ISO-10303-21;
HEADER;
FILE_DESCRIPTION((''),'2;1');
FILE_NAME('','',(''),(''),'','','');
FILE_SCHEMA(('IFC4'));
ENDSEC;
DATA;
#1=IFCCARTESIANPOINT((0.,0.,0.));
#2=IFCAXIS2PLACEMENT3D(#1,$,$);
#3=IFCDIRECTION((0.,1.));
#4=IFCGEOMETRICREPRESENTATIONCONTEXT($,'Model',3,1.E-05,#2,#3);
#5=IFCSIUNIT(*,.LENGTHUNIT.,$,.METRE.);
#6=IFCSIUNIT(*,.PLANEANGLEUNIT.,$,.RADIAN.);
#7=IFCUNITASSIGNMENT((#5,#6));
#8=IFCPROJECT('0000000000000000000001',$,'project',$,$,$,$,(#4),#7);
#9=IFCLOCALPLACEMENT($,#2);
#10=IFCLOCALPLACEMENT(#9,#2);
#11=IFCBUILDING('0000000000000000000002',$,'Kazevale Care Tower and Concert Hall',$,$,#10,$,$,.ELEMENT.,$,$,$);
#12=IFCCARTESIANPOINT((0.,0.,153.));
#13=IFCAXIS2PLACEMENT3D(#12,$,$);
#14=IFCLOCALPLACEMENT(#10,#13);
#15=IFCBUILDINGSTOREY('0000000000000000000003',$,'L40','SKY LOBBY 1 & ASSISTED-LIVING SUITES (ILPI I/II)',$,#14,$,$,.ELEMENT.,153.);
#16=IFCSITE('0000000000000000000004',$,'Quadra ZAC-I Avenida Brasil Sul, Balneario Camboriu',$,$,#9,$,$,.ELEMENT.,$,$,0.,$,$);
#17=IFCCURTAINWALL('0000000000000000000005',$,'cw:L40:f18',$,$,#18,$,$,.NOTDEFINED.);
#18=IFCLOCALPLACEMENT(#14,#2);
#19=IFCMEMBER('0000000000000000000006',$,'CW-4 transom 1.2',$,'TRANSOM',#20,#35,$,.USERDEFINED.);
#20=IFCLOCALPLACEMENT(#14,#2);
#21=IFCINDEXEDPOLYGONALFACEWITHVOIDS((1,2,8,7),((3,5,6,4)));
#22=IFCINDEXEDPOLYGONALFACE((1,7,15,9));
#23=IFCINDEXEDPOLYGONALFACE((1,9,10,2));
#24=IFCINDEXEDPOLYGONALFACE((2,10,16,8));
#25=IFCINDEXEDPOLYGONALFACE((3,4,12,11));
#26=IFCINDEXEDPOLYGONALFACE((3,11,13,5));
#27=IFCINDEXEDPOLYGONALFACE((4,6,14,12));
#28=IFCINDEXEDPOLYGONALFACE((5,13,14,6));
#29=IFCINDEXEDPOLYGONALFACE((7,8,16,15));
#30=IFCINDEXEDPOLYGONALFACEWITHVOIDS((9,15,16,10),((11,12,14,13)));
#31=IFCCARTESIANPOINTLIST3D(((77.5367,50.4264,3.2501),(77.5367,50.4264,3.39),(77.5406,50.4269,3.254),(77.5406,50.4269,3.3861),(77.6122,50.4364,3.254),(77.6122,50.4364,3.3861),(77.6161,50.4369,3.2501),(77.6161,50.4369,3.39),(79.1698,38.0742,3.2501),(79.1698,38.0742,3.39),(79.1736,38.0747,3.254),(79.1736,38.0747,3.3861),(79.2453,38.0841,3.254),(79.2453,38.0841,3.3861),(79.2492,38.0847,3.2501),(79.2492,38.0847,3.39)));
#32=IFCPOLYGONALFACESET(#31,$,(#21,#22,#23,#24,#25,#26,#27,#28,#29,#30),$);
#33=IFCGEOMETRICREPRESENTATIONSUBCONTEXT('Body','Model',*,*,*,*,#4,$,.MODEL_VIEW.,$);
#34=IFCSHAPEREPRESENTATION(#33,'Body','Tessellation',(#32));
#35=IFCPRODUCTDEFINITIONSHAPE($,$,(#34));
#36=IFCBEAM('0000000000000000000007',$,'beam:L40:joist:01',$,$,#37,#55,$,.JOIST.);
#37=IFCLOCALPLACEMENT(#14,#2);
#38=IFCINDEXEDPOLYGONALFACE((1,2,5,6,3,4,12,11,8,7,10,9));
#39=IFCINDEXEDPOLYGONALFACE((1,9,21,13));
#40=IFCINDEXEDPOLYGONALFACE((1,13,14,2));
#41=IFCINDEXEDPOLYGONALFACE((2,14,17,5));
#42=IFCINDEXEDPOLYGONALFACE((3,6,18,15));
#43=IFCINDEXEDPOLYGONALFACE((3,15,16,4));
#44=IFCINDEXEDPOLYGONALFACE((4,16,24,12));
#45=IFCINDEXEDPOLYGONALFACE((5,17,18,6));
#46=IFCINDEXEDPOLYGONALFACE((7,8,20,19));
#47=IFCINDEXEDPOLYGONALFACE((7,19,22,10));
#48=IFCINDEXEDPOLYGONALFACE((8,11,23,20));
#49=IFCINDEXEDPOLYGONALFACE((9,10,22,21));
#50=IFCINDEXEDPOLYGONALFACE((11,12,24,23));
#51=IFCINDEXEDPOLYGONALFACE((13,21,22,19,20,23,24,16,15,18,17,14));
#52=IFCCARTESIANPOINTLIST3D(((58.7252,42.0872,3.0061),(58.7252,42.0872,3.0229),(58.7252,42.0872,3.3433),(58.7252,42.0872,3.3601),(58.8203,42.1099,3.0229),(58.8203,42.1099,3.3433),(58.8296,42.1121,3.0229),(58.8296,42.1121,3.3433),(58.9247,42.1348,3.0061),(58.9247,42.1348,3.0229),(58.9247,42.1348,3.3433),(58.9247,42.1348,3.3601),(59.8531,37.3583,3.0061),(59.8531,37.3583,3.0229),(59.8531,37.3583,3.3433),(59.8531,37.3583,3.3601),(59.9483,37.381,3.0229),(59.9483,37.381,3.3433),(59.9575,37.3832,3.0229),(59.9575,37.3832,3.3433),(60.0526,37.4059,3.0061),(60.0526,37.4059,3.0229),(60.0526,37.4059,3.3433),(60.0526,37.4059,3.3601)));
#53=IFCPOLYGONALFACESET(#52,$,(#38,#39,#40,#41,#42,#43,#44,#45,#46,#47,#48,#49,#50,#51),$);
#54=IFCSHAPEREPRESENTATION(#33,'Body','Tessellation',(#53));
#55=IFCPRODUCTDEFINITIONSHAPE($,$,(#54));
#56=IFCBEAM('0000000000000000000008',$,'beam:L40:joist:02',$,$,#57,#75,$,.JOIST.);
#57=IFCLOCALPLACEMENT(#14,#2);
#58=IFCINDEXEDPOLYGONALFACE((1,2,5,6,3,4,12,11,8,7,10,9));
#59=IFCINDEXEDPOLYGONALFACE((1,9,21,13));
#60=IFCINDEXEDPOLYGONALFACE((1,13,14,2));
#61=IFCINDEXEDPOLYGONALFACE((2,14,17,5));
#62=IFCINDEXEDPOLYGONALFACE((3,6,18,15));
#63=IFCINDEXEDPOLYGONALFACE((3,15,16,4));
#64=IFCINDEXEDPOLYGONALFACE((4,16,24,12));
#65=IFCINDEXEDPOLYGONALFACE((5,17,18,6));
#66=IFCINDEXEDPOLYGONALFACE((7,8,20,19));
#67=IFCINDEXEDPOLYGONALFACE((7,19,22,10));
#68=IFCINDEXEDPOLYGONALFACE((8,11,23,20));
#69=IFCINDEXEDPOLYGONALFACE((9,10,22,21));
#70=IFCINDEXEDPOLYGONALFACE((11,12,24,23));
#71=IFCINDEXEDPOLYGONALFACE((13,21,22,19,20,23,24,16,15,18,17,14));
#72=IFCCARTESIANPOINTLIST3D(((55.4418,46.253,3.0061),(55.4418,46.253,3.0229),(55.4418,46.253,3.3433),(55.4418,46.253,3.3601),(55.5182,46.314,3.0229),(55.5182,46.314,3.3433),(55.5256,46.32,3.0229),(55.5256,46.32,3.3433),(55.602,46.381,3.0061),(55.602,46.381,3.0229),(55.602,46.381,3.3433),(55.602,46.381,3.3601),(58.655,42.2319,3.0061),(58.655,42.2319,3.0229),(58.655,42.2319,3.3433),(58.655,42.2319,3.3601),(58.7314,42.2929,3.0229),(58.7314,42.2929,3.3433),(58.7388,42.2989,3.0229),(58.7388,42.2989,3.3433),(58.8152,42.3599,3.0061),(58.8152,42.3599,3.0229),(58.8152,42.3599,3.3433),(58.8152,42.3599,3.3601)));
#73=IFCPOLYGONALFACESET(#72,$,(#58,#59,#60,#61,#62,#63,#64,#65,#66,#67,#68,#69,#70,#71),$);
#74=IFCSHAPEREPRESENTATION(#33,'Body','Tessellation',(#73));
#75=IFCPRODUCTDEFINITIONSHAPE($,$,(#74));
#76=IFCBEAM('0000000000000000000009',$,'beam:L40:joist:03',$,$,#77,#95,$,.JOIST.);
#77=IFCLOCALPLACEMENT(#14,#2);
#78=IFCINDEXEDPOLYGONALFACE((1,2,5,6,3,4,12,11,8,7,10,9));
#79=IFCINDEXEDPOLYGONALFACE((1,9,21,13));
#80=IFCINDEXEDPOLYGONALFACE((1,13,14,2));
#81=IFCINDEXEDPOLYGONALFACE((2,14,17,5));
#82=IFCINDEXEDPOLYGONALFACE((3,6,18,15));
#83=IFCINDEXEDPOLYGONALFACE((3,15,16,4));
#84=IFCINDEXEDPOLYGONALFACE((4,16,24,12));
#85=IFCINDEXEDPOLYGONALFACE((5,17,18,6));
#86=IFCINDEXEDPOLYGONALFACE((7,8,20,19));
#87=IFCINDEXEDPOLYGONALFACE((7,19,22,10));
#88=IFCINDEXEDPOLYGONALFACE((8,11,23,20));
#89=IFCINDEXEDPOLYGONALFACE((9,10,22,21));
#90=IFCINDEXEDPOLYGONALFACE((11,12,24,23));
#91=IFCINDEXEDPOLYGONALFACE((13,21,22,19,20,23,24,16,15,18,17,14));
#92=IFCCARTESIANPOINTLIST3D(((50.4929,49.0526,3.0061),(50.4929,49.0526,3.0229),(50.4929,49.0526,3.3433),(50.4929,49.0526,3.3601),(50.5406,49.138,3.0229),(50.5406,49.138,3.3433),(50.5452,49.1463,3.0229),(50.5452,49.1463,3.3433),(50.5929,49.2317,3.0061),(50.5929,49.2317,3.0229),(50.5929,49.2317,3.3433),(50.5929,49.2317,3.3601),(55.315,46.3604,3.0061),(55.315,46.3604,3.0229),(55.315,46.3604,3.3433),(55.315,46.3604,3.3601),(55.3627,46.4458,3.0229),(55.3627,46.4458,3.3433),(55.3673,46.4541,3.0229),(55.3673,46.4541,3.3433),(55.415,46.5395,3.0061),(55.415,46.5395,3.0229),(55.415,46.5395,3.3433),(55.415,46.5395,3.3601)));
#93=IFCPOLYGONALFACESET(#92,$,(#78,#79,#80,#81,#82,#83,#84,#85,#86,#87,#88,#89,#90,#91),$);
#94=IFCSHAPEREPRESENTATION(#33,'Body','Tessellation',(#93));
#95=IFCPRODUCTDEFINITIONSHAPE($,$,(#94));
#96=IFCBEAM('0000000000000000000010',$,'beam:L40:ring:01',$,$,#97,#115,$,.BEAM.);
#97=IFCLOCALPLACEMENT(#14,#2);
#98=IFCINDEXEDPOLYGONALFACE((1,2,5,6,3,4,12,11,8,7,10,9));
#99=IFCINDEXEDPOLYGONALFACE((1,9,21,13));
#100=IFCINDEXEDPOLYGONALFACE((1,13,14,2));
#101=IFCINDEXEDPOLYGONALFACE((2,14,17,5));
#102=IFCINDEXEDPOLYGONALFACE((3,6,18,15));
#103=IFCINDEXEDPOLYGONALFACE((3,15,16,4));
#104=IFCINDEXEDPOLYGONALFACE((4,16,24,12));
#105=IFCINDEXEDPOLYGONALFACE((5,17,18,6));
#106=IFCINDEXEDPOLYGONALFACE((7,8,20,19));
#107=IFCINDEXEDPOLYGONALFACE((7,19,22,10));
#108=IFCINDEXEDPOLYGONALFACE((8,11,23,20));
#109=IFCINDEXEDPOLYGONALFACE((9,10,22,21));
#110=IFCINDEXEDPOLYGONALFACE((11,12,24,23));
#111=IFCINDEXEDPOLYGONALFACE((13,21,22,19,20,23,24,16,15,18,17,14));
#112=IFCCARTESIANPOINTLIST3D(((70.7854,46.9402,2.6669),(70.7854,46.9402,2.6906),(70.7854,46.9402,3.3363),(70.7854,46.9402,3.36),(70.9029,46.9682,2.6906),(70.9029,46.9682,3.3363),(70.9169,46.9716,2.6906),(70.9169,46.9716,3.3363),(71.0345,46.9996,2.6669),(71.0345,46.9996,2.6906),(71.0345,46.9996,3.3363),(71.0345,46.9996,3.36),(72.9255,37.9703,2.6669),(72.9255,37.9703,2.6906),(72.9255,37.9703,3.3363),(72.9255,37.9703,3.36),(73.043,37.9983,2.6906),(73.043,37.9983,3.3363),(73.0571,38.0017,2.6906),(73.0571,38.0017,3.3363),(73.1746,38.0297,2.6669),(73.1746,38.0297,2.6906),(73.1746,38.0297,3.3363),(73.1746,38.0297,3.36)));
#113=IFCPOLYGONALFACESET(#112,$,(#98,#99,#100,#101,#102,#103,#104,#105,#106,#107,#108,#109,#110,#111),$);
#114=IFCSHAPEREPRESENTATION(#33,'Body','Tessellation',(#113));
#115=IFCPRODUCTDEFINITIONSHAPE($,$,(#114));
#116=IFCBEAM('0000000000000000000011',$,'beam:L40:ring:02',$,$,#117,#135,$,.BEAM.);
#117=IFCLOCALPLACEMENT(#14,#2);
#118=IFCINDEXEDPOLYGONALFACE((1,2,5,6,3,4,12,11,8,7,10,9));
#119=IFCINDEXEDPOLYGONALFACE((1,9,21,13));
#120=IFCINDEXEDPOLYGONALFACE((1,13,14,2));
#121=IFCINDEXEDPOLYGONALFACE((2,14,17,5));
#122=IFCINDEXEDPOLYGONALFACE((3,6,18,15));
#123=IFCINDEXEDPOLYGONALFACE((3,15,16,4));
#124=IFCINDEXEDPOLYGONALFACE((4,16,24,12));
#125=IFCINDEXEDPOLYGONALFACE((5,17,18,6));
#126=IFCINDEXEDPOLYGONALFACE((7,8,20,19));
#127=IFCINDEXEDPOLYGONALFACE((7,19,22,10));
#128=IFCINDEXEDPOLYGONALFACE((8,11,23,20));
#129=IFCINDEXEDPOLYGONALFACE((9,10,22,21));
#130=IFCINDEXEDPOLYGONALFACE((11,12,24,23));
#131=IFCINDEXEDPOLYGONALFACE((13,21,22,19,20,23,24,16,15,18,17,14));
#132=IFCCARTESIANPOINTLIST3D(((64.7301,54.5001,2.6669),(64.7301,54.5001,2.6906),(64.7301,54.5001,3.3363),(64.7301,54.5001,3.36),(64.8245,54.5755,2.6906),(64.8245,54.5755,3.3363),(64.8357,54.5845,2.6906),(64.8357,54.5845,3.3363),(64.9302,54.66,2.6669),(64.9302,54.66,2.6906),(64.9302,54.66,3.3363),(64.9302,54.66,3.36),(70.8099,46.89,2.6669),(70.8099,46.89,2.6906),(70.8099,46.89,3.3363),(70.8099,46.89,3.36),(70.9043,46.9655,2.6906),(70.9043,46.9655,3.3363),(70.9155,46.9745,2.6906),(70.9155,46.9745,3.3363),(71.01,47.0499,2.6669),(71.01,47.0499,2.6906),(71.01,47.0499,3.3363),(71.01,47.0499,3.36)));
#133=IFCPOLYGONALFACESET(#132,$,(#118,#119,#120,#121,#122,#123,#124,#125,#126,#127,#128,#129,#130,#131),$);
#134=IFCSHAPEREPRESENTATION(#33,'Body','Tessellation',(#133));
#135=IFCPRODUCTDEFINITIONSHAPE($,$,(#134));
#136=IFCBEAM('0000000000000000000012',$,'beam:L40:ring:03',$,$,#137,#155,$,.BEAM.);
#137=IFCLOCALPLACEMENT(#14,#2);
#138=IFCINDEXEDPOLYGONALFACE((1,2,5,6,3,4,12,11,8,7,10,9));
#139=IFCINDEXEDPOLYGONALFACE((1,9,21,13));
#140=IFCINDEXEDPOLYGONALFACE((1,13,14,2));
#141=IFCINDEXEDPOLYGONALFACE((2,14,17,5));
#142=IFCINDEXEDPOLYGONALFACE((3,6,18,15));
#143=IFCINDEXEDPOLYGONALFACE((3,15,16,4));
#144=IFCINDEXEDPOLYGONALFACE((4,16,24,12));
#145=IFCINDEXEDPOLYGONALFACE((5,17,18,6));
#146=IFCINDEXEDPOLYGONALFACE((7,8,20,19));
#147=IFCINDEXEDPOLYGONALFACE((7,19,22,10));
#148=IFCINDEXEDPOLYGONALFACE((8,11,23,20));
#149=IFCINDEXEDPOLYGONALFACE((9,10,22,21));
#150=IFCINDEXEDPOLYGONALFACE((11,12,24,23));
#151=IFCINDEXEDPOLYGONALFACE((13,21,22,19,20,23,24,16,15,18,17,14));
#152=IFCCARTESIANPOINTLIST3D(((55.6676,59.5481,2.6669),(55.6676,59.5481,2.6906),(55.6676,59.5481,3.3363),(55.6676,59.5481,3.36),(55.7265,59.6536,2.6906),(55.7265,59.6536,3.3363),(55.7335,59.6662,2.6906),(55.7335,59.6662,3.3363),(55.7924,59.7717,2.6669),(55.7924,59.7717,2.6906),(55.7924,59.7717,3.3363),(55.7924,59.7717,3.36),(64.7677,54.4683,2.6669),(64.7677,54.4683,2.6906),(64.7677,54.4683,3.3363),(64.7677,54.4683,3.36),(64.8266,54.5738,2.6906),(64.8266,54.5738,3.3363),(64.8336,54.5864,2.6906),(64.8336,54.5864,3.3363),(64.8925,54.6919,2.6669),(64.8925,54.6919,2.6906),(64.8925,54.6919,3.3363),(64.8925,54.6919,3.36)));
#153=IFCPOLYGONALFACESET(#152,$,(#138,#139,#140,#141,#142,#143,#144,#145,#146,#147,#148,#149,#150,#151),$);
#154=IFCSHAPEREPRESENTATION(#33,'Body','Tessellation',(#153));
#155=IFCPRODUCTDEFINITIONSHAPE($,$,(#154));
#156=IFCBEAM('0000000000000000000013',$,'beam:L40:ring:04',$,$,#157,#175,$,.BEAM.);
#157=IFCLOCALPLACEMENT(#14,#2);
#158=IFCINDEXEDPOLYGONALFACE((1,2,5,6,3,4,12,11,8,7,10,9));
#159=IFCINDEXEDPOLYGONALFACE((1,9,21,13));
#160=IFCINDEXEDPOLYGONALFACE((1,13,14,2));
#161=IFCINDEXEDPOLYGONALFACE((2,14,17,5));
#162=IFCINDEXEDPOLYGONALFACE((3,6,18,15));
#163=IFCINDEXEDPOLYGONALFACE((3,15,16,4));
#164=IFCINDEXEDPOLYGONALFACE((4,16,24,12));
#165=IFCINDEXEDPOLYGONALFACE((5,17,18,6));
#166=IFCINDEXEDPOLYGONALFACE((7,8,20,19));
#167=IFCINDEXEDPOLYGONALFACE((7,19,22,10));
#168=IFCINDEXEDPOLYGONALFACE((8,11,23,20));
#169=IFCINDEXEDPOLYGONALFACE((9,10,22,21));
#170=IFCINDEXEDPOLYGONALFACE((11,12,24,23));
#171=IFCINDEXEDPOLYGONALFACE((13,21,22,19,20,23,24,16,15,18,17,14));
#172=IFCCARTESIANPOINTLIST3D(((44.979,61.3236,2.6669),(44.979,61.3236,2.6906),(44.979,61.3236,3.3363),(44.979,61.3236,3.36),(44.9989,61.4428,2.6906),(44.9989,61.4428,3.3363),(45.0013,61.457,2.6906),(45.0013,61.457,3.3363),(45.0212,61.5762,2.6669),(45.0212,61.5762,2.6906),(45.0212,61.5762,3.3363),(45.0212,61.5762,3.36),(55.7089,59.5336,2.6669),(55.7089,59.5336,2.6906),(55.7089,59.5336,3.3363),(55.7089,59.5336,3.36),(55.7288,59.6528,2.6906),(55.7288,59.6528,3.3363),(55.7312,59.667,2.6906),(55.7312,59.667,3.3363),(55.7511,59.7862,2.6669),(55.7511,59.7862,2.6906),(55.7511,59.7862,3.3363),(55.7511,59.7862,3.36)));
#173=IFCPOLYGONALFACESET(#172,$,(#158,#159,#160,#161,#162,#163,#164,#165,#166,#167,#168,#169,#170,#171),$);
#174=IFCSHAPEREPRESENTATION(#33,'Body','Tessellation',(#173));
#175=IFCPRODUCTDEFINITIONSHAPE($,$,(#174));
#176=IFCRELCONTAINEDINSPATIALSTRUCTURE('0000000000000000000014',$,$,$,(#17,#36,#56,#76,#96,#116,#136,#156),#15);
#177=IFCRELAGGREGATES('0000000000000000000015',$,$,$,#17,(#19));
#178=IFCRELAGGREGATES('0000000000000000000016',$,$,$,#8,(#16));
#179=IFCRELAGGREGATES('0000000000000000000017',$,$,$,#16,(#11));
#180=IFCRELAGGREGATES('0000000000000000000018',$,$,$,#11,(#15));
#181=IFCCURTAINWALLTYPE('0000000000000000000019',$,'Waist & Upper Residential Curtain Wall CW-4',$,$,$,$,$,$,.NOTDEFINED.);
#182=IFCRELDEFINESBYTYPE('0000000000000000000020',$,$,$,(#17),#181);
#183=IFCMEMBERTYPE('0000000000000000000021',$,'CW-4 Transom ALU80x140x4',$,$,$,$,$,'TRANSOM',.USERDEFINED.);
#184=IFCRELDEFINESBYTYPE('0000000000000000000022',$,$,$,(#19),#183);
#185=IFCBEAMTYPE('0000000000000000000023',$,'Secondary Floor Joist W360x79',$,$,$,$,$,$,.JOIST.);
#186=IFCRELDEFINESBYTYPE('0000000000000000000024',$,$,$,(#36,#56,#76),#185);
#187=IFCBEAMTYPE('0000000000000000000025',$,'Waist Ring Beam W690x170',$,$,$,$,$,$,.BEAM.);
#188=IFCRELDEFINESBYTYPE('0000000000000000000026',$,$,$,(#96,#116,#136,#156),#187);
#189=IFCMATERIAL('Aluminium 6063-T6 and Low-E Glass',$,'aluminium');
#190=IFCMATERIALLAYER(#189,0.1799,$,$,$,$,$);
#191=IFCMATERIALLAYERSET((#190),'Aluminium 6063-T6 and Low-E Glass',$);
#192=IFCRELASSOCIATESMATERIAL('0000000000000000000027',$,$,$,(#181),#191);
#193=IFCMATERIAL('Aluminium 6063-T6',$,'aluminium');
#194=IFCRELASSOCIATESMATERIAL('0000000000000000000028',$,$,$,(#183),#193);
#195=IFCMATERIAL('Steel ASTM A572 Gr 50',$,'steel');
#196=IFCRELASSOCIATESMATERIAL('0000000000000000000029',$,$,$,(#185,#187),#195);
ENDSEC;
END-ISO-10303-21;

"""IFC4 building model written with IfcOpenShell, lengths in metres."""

from ifc_helpers import new_model, si_unit, direction, frame, origin, origin_2d, place, context, subcontext, project, spatial, hollow_rectangle, i_section, extrude, material, layer, layer_set, material_profile, profile_set, type_object, element, aggregate, save


model = new_model("IFC4")

# Units and contexts
model_context = context("Model", 3, precision=1e-05, world=origin(), true_north=direction((0.0, 1.0)))
body_context = subcontext(model_context, "Body", "Model", "MODEL_VIEW")
ifc_project = project(units=[si_unit("LENGTHUNIT", "METRE"), si_unit("PLANEANGLEUNIT", "RADIAN")], contexts=[model_context])

# Site, building, storey
site_placement = place(None, origin())
site = spatial("IfcSite", under=ifc_project, at=site_placement, Name="Quadra ZAC-I Avenida Brasil Sul, Balneario Camboriu", CompositionType="ELEMENT", RefElevation=0.0)
building_placement = place(site_placement, origin())
building = spatial("IfcBuilding", under=site, at=building_placement, Name="Kazevale Care Tower and Concert Hall", CompositionType="ELEMENT")
storey_placement = place(building_placement, frame((0.0, 0.0, 153.0)))
storey = spatial("IfcBuildingStorey", under=building, at=storey_placement, Name="L40", Description="SKY LOBBY 1 & ASSISTED-LIVING SUITES (ILPI I/II)", CompositionType="ELEMENT", Elevation=153.0)

# Shared definitions
ifc_material_1 = material(Name="Aluminium 6063-T6 and Low-E Glass", Category="aluminium")
ifc_material_2 = material(Name="Aluminium 6063-T6", Category="aluminium")
ifc_layer_1 = layer(ifc_material_1, 0.1799)
ifc_layer_set_1 = layer_set([ifc_layer_1], Name="Aluminium 6063-T6 and Low-E Glass")
curtain_wall_type_1 = type_object("IfcCurtainWallType", Name="Waist & Upper Residential Curtain Wall CW-4", PredefinedType="NOTDEFINED", material=ifc_layer_set_1)

# Curtain wall
curtain_wall_1_placement = place(storey_placement, origin())
curtain_wall_1 = element("IfcCurtainWall", 1, at=curtain_wall_1_placement, inside=storey, type_object=curtain_wall_type_1, Name="cw:L40:f18", PredefinedType="NOTDEFINED")

# Member
ifc_material_profile_1 = material_profile(ifc_material_2, hollow_rectangle(XDim=0.0801, YDim=0.1399, WallThickness=0.0039, at=origin_2d()), Name="ALU80x140x4")
ifc_profile_set_1 = profile_set([ifc_material_profile_1], Name="Aluminium 6063-T6")
member_type_1 = type_object("IfcMemberType", Name="CW-4 Transom ALU80x140x4", ElementType="TRANSOM", PredefinedType="USERDEFINED", material=ifc_profile_set_1)
member_1_placement = place(storey_placement, frame((77.5764, 50.4316, 3.3201), z_axis=(0.131066, -0.991374, 0.0), x_axis=(0.991374, 0.131066, 0.0)))
member_1 = element("IfcMember", 2, at=member_1_placement, type_object=member_type_1, Name="CW-4 transom 1.2", ObjectType="TRANSOM", PredefinedType="USERDEFINED", context=body_context, shape_type="SweptSolid", body=[
    extrude(hollow_rectangle(XDim=0.0801, YDim=0.1399, WallThickness=0.0039, at=origin_2d()), origin(), (0.0, 0.0, 1.0), 12.4597),
])

# Beams
ifc_material_3 = material(Name="Steel ASTM A572 Gr 50", Category="steel")
ifc_material_profile_2 = material_profile(ifc_material_3, i_section(OverallWidth=0.2051, OverallDepth=0.354, WebThickness=0.0095, FlangeThickness=0.0168, at=origin_2d()), Name="W360x79")
ifc_profile_set_2 = profile_set([ifc_material_profile_2], Name="Steel ASTM A572 Gr 50")
beam_type_1 = type_object("IfcBeamType", Name="Secondary Floor Joist W360x79", PredefinedType="JOIST", material=ifc_profile_set_2)
beam_1_placement = place(storey_placement, frame((59.9529, 37.3821, 3.1831), z_axis=(-0.232005, 0.972715, 0.0), x_axis=(-0.972715, -0.232005, 0.0)))
element("IfcBeam", 3, at=beam_1_placement, inside=storey, type_object=beam_type_1, Name="beam:L40:joist:01", PredefinedType="JOIST", context=body_context, shape_type="SweptSolid", body=[
    extrude(i_section(OverallWidth=0.2051, OverallDepth=0.354, WebThickness=0.0095, FlangeThickness=0.0168, at=origin_2d()), origin(), (0.0, 0.0, 1.0), 4.8616),
])
beam_2_placement = place(storey_placement, frame((58.7351, 42.2959, 3.1831), z_axis=(-0.624261, 0.781216, 0.0), x_axis=(-0.781216, -0.624261, 0.0)))
element("IfcBeam", 4, at=beam_2_placement, inside=storey, type_object=beam_type_1, Name="beam:L40:joist:02", PredefinedType="JOIST", context=body_context, shape_type="SweptSolid", body=[
    extrude(i_section(OverallWidth=0.2051, OverallDepth=0.354, WebThickness=0.0095, FlangeThickness=0.0168, at=origin_2d()), origin(), (0.0, 0.0, 1.0), 5.1472),
])
beam_3_placement = place(storey_placement, frame((55.365, 46.45, 3.1831), z_axis=(-0.873138, 0.487474, 0.0), x_axis=(-0.487474, -0.873138, 0.0)))
element("IfcBeam", 5, at=beam_3_placement, inside=storey, type_object=beam_type_1, Name="beam:L40:joist:03", PredefinedType="JOIST", context=body_context, shape_type="SweptSolid", body=[
    extrude(i_section(OverallWidth=0.2051, OverallDepth=0.354, WebThickness=0.0095, FlangeThickness=0.0168, at=origin_2d()), origin(), (0.0, 0.0, 1.0), 5.5227),
])
ifc_material_profile_3 = material_profile(ifc_material_3, i_section(OverallWidth=0.2561, OverallDepth=0.6931, WebThickness=0.0144, FlangeThickness=0.0237, at=origin_2d()), Name="W690x170")
ifc_profile_set_3 = profile_set([ifc_material_profile_3], Name="Steel ASTM A572 Gr 50")
beam_type_2 = type_object("IfcBeamType", Name="Waist Ring Beam W690x170", PredefinedType="BEAM", material=ifc_profile_set_3)
beam_4_placement = place(storey_placement, frame((73.05, 38.0, 3.0134), z_axis=(-0.232075, 0.972698, 0.0), x_axis=(-0.972698, -0.232075, 0.0)))
element("IfcBeam", 6, at=beam_4_placement, inside=storey, type_object=beam_type_2, Name="beam:L40:ring:01", PredefinedType="BEAM", context=body_context, shape_type="SweptSolid", body=[
    extrude(i_section(OverallWidth=0.2561, OverallDepth=0.6931, WebThickness=0.0144, FlangeThickness=0.0237, at=origin_2d()), origin(), (0.0, 0.0, 1.0), 9.2217),
])
beam_5_placement = place(storey_placement, frame((70.9099, 46.97, 3.0134), z_axis=(-0.624178, 0.781282, 0.0), x_axis=(-0.781282, -0.624178, 0.0)))
element("IfcBeam", 7, at=beam_5_placement, inside=storey, type_object=beam_type_2, Name="beam:L40:ring:02", PredefinedType="BEAM", context=body_context, shape_type="SweptSolid", body=[
    extrude(i_section(OverallWidth=0.2561, OverallDepth=0.6931, WebThickness=0.0144, FlangeThickness=0.0237, at=origin_2d()), origin(), (0.0, 0.0, 1.0), 9.7405),
])
beam_6_placement = place(storey_placement, frame((64.8301, 54.5801, 3.0134), z_axis=(-0.873169, 0.487418, 0.0), x_axis=(-0.487418, -0.873169, 0.0)))
element("IfcBeam", 8, at=beam_6_placement, inside=storey, type_object=beam_type_2, Name="beam:L40:ring:03", PredefinedType="BEAM", context=body_context, shape_type="SweptSolid", body=[
    extrude(i_section(OverallWidth=0.2561, OverallDepth=0.6931, WebThickness=0.0144, FlangeThickness=0.0237, at=origin_2d()), origin(), (0.0, 0.0, 1.0), 10.4219),
])
beam_7_placement = place(storey_placement, frame((55.73, 59.6599, 3.0134), z_axis=(-0.986368, 0.164552, 0.0), x_axis=(-0.164552, -0.986368, 0.0)))
element("IfcBeam", 9, at=beam_7_placement, inside=storey, type_object=beam_type_2, Name="beam:L40:ring:04", PredefinedType="BEAM", context=body_context, shape_type="SweptSolid", body=[
    extrude(i_section(OverallWidth=0.2561, OverallDepth=0.6931, WebThickness=0.0144, FlangeThickness=0.0237, at=origin_2d()), origin(), (0.0, 0.0, 1.0), 10.8782),
])

aggregate(curtain_wall_1, [member_1])

save(model, "model.ifc")
